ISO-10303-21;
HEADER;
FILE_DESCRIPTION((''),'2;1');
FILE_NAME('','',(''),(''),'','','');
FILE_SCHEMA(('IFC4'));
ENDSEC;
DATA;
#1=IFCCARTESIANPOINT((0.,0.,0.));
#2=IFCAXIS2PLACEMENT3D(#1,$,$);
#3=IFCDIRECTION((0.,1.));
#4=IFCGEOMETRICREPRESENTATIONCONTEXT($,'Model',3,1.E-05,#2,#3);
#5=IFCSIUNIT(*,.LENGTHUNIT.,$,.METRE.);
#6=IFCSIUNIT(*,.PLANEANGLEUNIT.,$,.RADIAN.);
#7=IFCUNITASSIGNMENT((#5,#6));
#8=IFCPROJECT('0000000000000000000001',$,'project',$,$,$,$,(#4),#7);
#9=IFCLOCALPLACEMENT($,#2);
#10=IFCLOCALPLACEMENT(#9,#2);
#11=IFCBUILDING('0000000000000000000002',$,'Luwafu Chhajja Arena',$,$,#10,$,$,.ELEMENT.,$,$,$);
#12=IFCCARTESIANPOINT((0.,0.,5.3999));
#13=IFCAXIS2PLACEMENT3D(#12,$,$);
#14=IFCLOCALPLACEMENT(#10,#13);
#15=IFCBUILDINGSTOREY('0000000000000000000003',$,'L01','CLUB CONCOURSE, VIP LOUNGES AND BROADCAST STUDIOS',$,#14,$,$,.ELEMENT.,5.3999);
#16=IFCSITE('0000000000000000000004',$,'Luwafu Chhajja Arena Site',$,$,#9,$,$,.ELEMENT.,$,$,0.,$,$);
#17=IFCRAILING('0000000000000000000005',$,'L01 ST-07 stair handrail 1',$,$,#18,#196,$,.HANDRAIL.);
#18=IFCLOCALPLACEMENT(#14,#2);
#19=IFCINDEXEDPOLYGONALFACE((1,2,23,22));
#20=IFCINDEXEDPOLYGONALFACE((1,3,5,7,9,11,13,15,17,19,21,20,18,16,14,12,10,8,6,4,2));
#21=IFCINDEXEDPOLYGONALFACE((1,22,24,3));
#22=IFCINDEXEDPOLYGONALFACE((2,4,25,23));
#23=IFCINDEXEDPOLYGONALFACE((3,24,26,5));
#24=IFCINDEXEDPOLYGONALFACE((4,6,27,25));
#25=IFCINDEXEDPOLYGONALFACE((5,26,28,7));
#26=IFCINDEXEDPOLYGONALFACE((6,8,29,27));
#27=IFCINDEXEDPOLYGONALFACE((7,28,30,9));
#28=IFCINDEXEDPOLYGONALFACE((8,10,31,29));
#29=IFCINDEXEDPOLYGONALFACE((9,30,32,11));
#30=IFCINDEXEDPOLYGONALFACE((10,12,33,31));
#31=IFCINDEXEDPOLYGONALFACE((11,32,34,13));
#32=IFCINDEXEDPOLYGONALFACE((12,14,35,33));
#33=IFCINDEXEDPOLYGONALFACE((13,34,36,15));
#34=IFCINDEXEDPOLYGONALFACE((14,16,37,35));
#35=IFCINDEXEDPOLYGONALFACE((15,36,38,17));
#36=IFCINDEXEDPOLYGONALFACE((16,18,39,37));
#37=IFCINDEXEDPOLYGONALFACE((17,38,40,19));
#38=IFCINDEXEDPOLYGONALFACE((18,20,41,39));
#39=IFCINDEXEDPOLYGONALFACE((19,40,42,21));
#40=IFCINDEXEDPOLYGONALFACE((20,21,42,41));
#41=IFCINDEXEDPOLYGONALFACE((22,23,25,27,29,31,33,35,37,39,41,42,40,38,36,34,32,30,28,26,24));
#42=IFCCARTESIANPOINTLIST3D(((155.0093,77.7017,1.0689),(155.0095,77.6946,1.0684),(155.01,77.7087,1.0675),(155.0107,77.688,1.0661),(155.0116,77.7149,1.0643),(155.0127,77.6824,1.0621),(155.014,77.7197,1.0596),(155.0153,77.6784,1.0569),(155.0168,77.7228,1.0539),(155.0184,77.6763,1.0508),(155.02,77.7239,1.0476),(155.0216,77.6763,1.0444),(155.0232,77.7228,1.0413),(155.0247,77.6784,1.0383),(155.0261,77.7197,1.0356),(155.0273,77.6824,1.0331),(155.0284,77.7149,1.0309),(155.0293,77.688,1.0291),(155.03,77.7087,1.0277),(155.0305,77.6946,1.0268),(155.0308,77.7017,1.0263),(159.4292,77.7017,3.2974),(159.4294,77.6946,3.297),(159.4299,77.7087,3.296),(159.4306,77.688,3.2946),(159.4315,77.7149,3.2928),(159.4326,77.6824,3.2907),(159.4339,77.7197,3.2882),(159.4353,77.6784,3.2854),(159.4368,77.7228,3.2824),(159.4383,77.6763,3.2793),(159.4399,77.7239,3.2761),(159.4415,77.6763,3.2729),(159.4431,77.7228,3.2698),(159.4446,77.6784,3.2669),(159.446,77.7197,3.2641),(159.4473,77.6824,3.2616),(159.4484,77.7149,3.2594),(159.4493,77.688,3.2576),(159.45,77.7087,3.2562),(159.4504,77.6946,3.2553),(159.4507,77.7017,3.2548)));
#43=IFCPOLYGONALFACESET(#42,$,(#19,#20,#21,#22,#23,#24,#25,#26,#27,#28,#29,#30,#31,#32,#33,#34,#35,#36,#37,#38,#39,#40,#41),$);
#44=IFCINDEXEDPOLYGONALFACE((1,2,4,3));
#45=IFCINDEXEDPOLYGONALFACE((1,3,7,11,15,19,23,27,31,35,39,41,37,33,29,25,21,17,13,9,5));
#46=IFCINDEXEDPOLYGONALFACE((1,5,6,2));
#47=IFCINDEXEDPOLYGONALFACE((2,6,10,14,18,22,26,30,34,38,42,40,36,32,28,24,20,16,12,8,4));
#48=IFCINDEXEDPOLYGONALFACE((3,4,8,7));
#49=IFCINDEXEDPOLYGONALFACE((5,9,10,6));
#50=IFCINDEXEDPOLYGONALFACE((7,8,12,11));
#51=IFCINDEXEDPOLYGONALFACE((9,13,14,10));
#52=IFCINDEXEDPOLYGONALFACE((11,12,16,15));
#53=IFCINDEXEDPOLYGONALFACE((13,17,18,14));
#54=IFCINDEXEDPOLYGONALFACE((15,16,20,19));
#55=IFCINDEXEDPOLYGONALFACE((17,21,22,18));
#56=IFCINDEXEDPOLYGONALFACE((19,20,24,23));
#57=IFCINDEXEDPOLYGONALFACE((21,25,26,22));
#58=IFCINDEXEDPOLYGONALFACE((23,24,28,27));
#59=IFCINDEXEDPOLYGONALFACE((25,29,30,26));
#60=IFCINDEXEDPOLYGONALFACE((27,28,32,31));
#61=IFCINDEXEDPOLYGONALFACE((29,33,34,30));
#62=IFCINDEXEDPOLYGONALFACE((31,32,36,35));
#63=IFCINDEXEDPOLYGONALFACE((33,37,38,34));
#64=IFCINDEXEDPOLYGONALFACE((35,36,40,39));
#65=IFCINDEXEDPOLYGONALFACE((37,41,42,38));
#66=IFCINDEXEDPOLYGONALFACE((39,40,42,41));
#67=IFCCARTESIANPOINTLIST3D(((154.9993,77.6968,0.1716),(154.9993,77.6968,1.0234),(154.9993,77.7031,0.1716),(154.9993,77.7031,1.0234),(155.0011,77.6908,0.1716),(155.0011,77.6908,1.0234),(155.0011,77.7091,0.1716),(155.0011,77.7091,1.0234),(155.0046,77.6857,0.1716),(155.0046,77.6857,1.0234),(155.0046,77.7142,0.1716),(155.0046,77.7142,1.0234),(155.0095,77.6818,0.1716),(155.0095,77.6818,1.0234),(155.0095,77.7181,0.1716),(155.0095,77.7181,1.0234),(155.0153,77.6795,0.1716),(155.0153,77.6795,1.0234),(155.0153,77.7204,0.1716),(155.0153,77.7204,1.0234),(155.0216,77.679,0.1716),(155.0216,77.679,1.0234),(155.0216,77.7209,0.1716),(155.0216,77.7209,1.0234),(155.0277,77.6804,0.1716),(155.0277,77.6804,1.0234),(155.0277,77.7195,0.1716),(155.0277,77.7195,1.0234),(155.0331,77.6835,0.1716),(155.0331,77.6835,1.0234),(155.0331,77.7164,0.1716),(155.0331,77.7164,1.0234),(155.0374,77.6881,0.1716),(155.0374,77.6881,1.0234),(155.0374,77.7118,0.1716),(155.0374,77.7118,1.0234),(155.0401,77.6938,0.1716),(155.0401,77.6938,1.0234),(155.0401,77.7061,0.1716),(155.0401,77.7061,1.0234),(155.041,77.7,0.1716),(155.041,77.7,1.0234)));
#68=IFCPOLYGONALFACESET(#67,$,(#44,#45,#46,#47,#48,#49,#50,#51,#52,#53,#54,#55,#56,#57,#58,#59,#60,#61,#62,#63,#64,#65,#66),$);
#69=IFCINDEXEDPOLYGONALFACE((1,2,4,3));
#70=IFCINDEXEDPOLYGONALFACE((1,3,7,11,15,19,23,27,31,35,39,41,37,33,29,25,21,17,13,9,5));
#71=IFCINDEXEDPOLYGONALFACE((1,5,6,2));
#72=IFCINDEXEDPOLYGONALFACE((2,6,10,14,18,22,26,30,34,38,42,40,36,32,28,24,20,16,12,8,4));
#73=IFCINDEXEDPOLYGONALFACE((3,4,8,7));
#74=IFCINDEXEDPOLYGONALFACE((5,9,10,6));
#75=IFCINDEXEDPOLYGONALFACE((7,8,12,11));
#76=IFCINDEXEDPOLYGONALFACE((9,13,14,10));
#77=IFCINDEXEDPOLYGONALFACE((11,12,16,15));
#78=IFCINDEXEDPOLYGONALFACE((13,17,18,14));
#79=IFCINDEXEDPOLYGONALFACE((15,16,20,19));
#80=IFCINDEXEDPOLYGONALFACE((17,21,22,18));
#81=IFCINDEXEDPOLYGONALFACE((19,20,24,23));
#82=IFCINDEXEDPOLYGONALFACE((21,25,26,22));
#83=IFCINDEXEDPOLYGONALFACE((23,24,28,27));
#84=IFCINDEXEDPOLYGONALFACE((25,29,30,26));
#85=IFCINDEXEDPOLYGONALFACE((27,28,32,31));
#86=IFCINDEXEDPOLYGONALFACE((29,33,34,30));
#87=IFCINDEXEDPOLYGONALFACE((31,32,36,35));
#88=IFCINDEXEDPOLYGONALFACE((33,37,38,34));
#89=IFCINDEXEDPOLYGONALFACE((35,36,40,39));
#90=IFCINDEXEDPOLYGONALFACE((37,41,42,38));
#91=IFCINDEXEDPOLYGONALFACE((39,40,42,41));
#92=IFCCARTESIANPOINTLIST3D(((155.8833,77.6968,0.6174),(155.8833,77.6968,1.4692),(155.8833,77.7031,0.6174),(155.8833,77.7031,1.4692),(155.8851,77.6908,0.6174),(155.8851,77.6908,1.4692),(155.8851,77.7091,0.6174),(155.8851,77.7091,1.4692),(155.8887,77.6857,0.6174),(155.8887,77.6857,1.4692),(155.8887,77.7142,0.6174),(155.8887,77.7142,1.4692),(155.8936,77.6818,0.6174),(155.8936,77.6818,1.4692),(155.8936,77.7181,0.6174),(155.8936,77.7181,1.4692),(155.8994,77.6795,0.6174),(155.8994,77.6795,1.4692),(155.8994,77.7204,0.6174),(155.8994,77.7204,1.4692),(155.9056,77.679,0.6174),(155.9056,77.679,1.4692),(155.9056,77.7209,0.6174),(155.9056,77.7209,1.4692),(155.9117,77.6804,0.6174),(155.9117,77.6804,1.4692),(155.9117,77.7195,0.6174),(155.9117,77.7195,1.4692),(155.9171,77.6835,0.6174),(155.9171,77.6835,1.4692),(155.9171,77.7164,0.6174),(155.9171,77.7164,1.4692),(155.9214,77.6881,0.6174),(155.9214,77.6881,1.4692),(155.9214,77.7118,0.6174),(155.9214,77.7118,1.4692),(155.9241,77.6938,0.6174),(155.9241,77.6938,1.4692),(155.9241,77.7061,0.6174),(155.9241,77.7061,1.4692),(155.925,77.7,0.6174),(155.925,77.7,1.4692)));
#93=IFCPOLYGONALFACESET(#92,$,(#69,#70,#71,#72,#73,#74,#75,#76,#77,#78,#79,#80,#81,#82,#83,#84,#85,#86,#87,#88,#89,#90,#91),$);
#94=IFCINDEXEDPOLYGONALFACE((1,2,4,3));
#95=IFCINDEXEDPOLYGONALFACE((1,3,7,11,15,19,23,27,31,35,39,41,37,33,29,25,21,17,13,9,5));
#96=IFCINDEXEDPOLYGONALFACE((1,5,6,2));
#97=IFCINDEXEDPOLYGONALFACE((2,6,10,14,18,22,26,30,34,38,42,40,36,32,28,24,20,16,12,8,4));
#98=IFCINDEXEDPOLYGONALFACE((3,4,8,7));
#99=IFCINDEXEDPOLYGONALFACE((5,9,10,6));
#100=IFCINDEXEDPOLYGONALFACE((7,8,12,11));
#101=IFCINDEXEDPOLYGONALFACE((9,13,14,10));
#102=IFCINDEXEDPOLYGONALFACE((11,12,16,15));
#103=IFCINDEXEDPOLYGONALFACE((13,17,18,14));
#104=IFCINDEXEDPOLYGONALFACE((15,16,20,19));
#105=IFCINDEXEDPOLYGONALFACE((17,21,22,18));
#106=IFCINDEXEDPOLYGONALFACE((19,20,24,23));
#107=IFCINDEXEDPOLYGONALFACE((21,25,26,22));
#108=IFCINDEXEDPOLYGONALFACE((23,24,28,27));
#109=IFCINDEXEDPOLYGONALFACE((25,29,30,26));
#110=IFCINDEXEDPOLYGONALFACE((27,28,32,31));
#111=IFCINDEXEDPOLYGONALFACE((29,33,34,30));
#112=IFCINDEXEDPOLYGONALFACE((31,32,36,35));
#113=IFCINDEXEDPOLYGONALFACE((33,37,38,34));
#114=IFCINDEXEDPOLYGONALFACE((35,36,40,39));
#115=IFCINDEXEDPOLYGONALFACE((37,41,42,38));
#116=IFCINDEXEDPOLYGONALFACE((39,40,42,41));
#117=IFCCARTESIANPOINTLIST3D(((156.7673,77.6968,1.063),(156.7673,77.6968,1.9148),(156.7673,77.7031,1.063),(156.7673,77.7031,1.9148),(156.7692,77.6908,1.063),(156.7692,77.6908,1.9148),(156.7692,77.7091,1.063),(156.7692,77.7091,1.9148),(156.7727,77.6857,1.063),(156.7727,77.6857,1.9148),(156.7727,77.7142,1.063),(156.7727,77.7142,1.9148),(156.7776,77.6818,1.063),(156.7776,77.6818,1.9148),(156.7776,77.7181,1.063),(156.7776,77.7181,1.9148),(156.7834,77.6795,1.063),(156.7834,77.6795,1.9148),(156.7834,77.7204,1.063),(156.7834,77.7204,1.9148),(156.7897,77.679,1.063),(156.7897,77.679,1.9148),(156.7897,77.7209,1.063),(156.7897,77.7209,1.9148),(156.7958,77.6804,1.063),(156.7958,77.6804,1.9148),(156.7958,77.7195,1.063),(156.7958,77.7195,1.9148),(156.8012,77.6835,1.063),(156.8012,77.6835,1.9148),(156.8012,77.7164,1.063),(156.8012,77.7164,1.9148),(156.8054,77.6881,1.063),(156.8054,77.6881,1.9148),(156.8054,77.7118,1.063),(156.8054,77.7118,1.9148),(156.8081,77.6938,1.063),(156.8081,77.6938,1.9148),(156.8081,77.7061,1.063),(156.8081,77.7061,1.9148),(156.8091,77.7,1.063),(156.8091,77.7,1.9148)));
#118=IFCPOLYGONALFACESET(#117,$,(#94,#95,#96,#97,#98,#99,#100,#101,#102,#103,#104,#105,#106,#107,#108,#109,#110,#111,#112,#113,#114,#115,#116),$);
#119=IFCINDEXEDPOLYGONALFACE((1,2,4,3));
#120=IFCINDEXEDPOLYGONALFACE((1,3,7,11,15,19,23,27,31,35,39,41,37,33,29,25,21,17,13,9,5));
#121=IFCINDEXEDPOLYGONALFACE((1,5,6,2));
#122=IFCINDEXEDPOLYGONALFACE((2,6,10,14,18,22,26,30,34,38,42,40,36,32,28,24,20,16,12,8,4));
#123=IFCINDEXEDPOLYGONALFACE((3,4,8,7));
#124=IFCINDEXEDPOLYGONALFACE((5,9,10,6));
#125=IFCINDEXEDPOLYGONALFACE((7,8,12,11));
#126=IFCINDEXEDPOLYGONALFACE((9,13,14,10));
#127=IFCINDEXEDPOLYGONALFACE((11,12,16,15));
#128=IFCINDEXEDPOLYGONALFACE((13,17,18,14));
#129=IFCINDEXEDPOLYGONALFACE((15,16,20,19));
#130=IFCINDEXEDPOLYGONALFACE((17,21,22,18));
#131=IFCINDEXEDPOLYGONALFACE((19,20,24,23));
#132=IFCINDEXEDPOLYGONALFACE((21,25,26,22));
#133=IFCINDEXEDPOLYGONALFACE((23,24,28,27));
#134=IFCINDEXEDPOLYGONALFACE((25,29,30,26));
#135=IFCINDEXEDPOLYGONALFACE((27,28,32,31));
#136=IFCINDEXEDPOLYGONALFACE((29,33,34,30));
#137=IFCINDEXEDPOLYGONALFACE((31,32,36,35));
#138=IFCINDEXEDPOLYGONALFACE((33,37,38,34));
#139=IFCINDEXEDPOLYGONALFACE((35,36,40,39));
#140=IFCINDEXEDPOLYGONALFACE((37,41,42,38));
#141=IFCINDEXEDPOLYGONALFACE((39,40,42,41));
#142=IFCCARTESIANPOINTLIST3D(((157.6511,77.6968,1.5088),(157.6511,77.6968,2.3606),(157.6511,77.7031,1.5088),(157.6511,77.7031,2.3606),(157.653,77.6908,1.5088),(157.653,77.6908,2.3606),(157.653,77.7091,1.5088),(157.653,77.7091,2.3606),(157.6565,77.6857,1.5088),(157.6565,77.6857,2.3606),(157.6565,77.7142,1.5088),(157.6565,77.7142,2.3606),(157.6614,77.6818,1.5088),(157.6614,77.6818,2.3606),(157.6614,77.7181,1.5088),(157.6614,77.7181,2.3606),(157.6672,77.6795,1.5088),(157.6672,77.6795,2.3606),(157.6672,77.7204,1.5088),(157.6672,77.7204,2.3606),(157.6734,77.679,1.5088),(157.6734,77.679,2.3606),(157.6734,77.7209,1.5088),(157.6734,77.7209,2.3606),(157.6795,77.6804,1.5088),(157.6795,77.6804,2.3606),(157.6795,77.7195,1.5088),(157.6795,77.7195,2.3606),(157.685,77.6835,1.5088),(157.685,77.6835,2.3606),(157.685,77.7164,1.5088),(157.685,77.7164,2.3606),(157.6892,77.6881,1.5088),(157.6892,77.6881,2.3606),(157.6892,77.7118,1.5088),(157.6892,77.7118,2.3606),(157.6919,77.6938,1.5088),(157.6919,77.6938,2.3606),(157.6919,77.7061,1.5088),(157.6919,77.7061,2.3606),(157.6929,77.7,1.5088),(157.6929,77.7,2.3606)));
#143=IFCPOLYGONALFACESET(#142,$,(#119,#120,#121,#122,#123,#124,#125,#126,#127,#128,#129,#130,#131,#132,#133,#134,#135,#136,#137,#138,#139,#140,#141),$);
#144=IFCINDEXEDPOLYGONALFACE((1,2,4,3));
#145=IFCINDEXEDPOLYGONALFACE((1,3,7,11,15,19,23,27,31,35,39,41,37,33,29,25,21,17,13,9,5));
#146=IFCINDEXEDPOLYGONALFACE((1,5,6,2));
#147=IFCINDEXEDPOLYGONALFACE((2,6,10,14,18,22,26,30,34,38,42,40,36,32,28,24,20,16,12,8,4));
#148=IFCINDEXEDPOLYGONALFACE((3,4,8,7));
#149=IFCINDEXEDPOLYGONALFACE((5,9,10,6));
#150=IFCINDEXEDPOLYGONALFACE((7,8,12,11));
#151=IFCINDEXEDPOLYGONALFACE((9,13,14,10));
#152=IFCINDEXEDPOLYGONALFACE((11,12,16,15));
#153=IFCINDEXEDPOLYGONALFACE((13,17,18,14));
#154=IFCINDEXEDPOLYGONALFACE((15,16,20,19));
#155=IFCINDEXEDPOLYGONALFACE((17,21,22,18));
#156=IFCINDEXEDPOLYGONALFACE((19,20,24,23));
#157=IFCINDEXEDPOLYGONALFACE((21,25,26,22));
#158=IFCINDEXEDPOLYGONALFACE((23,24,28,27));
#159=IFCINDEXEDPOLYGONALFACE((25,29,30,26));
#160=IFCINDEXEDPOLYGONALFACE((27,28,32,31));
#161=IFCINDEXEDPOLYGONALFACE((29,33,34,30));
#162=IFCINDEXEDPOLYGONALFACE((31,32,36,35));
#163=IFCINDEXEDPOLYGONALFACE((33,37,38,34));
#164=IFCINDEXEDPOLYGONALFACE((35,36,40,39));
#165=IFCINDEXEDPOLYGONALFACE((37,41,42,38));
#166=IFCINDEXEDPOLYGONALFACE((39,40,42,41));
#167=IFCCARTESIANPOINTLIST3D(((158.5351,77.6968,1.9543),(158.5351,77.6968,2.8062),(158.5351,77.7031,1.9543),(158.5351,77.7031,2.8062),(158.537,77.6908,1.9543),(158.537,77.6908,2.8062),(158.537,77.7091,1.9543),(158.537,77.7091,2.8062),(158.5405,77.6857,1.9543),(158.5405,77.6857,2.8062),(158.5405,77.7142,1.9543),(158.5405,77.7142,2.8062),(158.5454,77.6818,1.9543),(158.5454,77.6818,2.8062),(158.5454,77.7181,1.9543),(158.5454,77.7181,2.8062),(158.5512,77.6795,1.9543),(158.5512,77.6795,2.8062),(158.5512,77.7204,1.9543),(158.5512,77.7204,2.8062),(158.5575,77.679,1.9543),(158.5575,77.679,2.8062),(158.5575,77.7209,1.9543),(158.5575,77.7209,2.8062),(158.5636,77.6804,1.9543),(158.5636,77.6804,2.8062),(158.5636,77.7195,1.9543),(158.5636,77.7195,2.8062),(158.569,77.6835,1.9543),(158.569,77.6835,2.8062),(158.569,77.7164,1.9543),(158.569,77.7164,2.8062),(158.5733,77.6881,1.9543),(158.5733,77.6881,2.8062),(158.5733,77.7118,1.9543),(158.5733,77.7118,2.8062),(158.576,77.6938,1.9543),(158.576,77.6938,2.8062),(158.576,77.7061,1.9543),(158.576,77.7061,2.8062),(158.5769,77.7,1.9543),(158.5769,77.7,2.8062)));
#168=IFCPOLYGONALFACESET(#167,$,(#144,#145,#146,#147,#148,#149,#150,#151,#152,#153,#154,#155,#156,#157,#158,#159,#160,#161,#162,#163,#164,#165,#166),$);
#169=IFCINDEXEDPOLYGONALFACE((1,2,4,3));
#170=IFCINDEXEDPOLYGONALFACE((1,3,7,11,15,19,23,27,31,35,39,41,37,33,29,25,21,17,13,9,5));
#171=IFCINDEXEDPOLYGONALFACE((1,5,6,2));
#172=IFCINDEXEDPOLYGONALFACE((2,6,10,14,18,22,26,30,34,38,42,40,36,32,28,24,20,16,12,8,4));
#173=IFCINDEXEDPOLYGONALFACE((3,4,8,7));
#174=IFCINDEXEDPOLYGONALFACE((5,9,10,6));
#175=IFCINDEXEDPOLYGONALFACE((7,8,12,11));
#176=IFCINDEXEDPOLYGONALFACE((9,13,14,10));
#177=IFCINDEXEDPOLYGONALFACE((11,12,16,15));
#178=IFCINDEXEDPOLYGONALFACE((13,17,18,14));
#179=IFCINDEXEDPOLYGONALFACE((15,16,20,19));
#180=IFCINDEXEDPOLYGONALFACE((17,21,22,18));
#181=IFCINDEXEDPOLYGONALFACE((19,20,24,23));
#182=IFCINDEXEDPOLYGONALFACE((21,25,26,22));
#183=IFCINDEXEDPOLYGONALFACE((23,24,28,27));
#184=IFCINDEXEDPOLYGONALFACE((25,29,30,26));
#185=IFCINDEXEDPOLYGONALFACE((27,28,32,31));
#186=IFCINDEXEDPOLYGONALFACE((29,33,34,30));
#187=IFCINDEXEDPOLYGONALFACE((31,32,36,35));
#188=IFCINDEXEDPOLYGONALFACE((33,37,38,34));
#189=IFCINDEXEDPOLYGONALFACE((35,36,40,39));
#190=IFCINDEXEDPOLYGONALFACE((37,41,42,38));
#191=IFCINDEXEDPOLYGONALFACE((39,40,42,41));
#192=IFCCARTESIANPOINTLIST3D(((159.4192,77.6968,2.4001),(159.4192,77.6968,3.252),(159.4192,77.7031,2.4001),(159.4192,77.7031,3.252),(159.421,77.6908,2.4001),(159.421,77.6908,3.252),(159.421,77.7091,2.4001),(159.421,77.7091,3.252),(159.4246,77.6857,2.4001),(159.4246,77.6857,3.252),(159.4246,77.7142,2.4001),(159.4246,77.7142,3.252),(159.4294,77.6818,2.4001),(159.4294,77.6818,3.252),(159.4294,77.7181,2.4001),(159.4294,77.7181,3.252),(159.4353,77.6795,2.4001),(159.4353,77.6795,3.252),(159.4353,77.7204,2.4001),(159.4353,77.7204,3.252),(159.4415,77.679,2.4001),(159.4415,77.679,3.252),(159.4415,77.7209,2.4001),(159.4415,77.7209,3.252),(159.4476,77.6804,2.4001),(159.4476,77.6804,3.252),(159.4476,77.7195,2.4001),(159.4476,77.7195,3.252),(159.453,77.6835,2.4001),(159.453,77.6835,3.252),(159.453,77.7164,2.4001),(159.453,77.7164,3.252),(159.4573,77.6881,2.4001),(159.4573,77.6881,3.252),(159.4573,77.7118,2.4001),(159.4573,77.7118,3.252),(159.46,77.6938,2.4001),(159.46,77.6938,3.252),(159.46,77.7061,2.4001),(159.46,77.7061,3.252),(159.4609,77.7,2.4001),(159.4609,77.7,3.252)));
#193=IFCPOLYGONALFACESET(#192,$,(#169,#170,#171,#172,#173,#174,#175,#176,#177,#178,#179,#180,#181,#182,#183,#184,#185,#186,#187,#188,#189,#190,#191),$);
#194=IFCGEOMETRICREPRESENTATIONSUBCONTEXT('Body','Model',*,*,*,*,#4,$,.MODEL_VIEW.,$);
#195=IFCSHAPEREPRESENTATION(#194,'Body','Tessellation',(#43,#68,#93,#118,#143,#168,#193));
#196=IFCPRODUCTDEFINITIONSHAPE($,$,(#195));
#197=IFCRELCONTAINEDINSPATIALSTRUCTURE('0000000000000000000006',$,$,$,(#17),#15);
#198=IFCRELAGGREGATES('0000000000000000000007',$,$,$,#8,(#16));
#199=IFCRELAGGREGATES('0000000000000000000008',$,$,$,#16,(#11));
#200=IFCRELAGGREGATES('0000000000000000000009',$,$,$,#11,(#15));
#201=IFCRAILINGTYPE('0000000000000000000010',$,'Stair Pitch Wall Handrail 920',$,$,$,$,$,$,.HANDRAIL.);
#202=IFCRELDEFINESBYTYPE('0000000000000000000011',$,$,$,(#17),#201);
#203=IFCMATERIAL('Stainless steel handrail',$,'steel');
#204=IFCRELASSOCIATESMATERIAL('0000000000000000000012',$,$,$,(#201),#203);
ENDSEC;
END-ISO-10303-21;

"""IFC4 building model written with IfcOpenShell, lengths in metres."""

from ifc_helpers import new_model, si_unit, direction, frame, origin, origin_2d, place, context, subcontext, project, spatial, circle, extrude, material, type_object, element, save


model = new_model("IFC4")

# Units and contexts
model_context = context("Model", 3, precision=1e-05, world=origin(), true_north=direction((0.0, 1.0)))
body_context = subcontext(model_context, "Body", "Model", "MODEL_VIEW")
ifc_project = project(units=[si_unit("LENGTHUNIT", "METRE"), si_unit("PLANEANGLEUNIT", "RADIAN")], contexts=[model_context])

# Site, building, storey
site_placement = place(None, origin())
site = spatial("IfcSite", under=ifc_project, at=site_placement, Name="Luwafu Chhajja Arena Site", CompositionType="ELEMENT", RefElevation=0.0)
building_placement = place(site_placement, origin())
building = spatial("IfcBuilding", under=site, at=building_placement, Name="Luwafu Chhajja Arena", CompositionType="ELEMENT")
storey_placement = place(building_placement, frame((0.0, 0.0, 5.3999)))
storey = spatial("IfcBuildingStorey", under=building, at=storey_placement, Name="L01", Description="CLUB CONCOURSE, VIP LOUNGES AND BROADCAST STUDIOS", CompositionType="ELEMENT", Elevation=5.3999)

# Railing
ifc_material_1 = material(Name="Stainless steel handrail", Category="steel")
railing_type_1 = type_object("IfcRailingType", Name="Stair Pitch Wall Handrail 920", PredefinedType="HANDRAIL", material=ifc_material_1)
railing_1_placement = place(storey_placement, frame((155.02, 77.7, 0.1716)))
element("IfcRailing", 1, at=railing_1_placement, inside=storey, type_object=railing_type_1, Name="L01 ST-07 stair handrail 1", PredefinedType="HANDRAIL", context=body_context, shape_type="SweptSolid", body=[
    extrude(circle(Radius=0.0239, at=origin_2d()), frame((0.0, 0.0, 0.876), z_axis=(0.892923, 0.0, 0.45021), x_axis=(0.0, 1.0, 0.0)), (0.0, 0.0, 1.0), 4.95),
    extrude(circle(Radius=0.021, at=origin_2d()), origin(), (0.0, 0.0, 1.0), 0.8518),
    extrude(circle(Radius=0.021, at=origin_2d()), frame((0.884, 0.0, 0.4458)), (0.0, 0.0, 1.0), 0.8518),
    extrude(circle(Radius=0.021, at=origin_2d()), frame((1.7681, 0.0, 0.8914)), (0.0, 0.0, 1.0), 0.8518),
    extrude(circle(Radius=0.021, at=origin_2d()), frame((2.6519, 0.0, 1.3372)), (0.0, 0.0, 1.0), 0.8518),
    extrude(circle(Radius=0.021, at=origin_2d()), frame((3.5359, 0.0, 1.7827)), (0.0, 0.0, 1.0), 0.8518),
    extrude(circle(Radius=0.021, at=origin_2d()), frame((4.4199, 0.0, 2.2285)), (0.0, 0.0, 1.0), 0.8518),
])

save(model, "model.ifc")
